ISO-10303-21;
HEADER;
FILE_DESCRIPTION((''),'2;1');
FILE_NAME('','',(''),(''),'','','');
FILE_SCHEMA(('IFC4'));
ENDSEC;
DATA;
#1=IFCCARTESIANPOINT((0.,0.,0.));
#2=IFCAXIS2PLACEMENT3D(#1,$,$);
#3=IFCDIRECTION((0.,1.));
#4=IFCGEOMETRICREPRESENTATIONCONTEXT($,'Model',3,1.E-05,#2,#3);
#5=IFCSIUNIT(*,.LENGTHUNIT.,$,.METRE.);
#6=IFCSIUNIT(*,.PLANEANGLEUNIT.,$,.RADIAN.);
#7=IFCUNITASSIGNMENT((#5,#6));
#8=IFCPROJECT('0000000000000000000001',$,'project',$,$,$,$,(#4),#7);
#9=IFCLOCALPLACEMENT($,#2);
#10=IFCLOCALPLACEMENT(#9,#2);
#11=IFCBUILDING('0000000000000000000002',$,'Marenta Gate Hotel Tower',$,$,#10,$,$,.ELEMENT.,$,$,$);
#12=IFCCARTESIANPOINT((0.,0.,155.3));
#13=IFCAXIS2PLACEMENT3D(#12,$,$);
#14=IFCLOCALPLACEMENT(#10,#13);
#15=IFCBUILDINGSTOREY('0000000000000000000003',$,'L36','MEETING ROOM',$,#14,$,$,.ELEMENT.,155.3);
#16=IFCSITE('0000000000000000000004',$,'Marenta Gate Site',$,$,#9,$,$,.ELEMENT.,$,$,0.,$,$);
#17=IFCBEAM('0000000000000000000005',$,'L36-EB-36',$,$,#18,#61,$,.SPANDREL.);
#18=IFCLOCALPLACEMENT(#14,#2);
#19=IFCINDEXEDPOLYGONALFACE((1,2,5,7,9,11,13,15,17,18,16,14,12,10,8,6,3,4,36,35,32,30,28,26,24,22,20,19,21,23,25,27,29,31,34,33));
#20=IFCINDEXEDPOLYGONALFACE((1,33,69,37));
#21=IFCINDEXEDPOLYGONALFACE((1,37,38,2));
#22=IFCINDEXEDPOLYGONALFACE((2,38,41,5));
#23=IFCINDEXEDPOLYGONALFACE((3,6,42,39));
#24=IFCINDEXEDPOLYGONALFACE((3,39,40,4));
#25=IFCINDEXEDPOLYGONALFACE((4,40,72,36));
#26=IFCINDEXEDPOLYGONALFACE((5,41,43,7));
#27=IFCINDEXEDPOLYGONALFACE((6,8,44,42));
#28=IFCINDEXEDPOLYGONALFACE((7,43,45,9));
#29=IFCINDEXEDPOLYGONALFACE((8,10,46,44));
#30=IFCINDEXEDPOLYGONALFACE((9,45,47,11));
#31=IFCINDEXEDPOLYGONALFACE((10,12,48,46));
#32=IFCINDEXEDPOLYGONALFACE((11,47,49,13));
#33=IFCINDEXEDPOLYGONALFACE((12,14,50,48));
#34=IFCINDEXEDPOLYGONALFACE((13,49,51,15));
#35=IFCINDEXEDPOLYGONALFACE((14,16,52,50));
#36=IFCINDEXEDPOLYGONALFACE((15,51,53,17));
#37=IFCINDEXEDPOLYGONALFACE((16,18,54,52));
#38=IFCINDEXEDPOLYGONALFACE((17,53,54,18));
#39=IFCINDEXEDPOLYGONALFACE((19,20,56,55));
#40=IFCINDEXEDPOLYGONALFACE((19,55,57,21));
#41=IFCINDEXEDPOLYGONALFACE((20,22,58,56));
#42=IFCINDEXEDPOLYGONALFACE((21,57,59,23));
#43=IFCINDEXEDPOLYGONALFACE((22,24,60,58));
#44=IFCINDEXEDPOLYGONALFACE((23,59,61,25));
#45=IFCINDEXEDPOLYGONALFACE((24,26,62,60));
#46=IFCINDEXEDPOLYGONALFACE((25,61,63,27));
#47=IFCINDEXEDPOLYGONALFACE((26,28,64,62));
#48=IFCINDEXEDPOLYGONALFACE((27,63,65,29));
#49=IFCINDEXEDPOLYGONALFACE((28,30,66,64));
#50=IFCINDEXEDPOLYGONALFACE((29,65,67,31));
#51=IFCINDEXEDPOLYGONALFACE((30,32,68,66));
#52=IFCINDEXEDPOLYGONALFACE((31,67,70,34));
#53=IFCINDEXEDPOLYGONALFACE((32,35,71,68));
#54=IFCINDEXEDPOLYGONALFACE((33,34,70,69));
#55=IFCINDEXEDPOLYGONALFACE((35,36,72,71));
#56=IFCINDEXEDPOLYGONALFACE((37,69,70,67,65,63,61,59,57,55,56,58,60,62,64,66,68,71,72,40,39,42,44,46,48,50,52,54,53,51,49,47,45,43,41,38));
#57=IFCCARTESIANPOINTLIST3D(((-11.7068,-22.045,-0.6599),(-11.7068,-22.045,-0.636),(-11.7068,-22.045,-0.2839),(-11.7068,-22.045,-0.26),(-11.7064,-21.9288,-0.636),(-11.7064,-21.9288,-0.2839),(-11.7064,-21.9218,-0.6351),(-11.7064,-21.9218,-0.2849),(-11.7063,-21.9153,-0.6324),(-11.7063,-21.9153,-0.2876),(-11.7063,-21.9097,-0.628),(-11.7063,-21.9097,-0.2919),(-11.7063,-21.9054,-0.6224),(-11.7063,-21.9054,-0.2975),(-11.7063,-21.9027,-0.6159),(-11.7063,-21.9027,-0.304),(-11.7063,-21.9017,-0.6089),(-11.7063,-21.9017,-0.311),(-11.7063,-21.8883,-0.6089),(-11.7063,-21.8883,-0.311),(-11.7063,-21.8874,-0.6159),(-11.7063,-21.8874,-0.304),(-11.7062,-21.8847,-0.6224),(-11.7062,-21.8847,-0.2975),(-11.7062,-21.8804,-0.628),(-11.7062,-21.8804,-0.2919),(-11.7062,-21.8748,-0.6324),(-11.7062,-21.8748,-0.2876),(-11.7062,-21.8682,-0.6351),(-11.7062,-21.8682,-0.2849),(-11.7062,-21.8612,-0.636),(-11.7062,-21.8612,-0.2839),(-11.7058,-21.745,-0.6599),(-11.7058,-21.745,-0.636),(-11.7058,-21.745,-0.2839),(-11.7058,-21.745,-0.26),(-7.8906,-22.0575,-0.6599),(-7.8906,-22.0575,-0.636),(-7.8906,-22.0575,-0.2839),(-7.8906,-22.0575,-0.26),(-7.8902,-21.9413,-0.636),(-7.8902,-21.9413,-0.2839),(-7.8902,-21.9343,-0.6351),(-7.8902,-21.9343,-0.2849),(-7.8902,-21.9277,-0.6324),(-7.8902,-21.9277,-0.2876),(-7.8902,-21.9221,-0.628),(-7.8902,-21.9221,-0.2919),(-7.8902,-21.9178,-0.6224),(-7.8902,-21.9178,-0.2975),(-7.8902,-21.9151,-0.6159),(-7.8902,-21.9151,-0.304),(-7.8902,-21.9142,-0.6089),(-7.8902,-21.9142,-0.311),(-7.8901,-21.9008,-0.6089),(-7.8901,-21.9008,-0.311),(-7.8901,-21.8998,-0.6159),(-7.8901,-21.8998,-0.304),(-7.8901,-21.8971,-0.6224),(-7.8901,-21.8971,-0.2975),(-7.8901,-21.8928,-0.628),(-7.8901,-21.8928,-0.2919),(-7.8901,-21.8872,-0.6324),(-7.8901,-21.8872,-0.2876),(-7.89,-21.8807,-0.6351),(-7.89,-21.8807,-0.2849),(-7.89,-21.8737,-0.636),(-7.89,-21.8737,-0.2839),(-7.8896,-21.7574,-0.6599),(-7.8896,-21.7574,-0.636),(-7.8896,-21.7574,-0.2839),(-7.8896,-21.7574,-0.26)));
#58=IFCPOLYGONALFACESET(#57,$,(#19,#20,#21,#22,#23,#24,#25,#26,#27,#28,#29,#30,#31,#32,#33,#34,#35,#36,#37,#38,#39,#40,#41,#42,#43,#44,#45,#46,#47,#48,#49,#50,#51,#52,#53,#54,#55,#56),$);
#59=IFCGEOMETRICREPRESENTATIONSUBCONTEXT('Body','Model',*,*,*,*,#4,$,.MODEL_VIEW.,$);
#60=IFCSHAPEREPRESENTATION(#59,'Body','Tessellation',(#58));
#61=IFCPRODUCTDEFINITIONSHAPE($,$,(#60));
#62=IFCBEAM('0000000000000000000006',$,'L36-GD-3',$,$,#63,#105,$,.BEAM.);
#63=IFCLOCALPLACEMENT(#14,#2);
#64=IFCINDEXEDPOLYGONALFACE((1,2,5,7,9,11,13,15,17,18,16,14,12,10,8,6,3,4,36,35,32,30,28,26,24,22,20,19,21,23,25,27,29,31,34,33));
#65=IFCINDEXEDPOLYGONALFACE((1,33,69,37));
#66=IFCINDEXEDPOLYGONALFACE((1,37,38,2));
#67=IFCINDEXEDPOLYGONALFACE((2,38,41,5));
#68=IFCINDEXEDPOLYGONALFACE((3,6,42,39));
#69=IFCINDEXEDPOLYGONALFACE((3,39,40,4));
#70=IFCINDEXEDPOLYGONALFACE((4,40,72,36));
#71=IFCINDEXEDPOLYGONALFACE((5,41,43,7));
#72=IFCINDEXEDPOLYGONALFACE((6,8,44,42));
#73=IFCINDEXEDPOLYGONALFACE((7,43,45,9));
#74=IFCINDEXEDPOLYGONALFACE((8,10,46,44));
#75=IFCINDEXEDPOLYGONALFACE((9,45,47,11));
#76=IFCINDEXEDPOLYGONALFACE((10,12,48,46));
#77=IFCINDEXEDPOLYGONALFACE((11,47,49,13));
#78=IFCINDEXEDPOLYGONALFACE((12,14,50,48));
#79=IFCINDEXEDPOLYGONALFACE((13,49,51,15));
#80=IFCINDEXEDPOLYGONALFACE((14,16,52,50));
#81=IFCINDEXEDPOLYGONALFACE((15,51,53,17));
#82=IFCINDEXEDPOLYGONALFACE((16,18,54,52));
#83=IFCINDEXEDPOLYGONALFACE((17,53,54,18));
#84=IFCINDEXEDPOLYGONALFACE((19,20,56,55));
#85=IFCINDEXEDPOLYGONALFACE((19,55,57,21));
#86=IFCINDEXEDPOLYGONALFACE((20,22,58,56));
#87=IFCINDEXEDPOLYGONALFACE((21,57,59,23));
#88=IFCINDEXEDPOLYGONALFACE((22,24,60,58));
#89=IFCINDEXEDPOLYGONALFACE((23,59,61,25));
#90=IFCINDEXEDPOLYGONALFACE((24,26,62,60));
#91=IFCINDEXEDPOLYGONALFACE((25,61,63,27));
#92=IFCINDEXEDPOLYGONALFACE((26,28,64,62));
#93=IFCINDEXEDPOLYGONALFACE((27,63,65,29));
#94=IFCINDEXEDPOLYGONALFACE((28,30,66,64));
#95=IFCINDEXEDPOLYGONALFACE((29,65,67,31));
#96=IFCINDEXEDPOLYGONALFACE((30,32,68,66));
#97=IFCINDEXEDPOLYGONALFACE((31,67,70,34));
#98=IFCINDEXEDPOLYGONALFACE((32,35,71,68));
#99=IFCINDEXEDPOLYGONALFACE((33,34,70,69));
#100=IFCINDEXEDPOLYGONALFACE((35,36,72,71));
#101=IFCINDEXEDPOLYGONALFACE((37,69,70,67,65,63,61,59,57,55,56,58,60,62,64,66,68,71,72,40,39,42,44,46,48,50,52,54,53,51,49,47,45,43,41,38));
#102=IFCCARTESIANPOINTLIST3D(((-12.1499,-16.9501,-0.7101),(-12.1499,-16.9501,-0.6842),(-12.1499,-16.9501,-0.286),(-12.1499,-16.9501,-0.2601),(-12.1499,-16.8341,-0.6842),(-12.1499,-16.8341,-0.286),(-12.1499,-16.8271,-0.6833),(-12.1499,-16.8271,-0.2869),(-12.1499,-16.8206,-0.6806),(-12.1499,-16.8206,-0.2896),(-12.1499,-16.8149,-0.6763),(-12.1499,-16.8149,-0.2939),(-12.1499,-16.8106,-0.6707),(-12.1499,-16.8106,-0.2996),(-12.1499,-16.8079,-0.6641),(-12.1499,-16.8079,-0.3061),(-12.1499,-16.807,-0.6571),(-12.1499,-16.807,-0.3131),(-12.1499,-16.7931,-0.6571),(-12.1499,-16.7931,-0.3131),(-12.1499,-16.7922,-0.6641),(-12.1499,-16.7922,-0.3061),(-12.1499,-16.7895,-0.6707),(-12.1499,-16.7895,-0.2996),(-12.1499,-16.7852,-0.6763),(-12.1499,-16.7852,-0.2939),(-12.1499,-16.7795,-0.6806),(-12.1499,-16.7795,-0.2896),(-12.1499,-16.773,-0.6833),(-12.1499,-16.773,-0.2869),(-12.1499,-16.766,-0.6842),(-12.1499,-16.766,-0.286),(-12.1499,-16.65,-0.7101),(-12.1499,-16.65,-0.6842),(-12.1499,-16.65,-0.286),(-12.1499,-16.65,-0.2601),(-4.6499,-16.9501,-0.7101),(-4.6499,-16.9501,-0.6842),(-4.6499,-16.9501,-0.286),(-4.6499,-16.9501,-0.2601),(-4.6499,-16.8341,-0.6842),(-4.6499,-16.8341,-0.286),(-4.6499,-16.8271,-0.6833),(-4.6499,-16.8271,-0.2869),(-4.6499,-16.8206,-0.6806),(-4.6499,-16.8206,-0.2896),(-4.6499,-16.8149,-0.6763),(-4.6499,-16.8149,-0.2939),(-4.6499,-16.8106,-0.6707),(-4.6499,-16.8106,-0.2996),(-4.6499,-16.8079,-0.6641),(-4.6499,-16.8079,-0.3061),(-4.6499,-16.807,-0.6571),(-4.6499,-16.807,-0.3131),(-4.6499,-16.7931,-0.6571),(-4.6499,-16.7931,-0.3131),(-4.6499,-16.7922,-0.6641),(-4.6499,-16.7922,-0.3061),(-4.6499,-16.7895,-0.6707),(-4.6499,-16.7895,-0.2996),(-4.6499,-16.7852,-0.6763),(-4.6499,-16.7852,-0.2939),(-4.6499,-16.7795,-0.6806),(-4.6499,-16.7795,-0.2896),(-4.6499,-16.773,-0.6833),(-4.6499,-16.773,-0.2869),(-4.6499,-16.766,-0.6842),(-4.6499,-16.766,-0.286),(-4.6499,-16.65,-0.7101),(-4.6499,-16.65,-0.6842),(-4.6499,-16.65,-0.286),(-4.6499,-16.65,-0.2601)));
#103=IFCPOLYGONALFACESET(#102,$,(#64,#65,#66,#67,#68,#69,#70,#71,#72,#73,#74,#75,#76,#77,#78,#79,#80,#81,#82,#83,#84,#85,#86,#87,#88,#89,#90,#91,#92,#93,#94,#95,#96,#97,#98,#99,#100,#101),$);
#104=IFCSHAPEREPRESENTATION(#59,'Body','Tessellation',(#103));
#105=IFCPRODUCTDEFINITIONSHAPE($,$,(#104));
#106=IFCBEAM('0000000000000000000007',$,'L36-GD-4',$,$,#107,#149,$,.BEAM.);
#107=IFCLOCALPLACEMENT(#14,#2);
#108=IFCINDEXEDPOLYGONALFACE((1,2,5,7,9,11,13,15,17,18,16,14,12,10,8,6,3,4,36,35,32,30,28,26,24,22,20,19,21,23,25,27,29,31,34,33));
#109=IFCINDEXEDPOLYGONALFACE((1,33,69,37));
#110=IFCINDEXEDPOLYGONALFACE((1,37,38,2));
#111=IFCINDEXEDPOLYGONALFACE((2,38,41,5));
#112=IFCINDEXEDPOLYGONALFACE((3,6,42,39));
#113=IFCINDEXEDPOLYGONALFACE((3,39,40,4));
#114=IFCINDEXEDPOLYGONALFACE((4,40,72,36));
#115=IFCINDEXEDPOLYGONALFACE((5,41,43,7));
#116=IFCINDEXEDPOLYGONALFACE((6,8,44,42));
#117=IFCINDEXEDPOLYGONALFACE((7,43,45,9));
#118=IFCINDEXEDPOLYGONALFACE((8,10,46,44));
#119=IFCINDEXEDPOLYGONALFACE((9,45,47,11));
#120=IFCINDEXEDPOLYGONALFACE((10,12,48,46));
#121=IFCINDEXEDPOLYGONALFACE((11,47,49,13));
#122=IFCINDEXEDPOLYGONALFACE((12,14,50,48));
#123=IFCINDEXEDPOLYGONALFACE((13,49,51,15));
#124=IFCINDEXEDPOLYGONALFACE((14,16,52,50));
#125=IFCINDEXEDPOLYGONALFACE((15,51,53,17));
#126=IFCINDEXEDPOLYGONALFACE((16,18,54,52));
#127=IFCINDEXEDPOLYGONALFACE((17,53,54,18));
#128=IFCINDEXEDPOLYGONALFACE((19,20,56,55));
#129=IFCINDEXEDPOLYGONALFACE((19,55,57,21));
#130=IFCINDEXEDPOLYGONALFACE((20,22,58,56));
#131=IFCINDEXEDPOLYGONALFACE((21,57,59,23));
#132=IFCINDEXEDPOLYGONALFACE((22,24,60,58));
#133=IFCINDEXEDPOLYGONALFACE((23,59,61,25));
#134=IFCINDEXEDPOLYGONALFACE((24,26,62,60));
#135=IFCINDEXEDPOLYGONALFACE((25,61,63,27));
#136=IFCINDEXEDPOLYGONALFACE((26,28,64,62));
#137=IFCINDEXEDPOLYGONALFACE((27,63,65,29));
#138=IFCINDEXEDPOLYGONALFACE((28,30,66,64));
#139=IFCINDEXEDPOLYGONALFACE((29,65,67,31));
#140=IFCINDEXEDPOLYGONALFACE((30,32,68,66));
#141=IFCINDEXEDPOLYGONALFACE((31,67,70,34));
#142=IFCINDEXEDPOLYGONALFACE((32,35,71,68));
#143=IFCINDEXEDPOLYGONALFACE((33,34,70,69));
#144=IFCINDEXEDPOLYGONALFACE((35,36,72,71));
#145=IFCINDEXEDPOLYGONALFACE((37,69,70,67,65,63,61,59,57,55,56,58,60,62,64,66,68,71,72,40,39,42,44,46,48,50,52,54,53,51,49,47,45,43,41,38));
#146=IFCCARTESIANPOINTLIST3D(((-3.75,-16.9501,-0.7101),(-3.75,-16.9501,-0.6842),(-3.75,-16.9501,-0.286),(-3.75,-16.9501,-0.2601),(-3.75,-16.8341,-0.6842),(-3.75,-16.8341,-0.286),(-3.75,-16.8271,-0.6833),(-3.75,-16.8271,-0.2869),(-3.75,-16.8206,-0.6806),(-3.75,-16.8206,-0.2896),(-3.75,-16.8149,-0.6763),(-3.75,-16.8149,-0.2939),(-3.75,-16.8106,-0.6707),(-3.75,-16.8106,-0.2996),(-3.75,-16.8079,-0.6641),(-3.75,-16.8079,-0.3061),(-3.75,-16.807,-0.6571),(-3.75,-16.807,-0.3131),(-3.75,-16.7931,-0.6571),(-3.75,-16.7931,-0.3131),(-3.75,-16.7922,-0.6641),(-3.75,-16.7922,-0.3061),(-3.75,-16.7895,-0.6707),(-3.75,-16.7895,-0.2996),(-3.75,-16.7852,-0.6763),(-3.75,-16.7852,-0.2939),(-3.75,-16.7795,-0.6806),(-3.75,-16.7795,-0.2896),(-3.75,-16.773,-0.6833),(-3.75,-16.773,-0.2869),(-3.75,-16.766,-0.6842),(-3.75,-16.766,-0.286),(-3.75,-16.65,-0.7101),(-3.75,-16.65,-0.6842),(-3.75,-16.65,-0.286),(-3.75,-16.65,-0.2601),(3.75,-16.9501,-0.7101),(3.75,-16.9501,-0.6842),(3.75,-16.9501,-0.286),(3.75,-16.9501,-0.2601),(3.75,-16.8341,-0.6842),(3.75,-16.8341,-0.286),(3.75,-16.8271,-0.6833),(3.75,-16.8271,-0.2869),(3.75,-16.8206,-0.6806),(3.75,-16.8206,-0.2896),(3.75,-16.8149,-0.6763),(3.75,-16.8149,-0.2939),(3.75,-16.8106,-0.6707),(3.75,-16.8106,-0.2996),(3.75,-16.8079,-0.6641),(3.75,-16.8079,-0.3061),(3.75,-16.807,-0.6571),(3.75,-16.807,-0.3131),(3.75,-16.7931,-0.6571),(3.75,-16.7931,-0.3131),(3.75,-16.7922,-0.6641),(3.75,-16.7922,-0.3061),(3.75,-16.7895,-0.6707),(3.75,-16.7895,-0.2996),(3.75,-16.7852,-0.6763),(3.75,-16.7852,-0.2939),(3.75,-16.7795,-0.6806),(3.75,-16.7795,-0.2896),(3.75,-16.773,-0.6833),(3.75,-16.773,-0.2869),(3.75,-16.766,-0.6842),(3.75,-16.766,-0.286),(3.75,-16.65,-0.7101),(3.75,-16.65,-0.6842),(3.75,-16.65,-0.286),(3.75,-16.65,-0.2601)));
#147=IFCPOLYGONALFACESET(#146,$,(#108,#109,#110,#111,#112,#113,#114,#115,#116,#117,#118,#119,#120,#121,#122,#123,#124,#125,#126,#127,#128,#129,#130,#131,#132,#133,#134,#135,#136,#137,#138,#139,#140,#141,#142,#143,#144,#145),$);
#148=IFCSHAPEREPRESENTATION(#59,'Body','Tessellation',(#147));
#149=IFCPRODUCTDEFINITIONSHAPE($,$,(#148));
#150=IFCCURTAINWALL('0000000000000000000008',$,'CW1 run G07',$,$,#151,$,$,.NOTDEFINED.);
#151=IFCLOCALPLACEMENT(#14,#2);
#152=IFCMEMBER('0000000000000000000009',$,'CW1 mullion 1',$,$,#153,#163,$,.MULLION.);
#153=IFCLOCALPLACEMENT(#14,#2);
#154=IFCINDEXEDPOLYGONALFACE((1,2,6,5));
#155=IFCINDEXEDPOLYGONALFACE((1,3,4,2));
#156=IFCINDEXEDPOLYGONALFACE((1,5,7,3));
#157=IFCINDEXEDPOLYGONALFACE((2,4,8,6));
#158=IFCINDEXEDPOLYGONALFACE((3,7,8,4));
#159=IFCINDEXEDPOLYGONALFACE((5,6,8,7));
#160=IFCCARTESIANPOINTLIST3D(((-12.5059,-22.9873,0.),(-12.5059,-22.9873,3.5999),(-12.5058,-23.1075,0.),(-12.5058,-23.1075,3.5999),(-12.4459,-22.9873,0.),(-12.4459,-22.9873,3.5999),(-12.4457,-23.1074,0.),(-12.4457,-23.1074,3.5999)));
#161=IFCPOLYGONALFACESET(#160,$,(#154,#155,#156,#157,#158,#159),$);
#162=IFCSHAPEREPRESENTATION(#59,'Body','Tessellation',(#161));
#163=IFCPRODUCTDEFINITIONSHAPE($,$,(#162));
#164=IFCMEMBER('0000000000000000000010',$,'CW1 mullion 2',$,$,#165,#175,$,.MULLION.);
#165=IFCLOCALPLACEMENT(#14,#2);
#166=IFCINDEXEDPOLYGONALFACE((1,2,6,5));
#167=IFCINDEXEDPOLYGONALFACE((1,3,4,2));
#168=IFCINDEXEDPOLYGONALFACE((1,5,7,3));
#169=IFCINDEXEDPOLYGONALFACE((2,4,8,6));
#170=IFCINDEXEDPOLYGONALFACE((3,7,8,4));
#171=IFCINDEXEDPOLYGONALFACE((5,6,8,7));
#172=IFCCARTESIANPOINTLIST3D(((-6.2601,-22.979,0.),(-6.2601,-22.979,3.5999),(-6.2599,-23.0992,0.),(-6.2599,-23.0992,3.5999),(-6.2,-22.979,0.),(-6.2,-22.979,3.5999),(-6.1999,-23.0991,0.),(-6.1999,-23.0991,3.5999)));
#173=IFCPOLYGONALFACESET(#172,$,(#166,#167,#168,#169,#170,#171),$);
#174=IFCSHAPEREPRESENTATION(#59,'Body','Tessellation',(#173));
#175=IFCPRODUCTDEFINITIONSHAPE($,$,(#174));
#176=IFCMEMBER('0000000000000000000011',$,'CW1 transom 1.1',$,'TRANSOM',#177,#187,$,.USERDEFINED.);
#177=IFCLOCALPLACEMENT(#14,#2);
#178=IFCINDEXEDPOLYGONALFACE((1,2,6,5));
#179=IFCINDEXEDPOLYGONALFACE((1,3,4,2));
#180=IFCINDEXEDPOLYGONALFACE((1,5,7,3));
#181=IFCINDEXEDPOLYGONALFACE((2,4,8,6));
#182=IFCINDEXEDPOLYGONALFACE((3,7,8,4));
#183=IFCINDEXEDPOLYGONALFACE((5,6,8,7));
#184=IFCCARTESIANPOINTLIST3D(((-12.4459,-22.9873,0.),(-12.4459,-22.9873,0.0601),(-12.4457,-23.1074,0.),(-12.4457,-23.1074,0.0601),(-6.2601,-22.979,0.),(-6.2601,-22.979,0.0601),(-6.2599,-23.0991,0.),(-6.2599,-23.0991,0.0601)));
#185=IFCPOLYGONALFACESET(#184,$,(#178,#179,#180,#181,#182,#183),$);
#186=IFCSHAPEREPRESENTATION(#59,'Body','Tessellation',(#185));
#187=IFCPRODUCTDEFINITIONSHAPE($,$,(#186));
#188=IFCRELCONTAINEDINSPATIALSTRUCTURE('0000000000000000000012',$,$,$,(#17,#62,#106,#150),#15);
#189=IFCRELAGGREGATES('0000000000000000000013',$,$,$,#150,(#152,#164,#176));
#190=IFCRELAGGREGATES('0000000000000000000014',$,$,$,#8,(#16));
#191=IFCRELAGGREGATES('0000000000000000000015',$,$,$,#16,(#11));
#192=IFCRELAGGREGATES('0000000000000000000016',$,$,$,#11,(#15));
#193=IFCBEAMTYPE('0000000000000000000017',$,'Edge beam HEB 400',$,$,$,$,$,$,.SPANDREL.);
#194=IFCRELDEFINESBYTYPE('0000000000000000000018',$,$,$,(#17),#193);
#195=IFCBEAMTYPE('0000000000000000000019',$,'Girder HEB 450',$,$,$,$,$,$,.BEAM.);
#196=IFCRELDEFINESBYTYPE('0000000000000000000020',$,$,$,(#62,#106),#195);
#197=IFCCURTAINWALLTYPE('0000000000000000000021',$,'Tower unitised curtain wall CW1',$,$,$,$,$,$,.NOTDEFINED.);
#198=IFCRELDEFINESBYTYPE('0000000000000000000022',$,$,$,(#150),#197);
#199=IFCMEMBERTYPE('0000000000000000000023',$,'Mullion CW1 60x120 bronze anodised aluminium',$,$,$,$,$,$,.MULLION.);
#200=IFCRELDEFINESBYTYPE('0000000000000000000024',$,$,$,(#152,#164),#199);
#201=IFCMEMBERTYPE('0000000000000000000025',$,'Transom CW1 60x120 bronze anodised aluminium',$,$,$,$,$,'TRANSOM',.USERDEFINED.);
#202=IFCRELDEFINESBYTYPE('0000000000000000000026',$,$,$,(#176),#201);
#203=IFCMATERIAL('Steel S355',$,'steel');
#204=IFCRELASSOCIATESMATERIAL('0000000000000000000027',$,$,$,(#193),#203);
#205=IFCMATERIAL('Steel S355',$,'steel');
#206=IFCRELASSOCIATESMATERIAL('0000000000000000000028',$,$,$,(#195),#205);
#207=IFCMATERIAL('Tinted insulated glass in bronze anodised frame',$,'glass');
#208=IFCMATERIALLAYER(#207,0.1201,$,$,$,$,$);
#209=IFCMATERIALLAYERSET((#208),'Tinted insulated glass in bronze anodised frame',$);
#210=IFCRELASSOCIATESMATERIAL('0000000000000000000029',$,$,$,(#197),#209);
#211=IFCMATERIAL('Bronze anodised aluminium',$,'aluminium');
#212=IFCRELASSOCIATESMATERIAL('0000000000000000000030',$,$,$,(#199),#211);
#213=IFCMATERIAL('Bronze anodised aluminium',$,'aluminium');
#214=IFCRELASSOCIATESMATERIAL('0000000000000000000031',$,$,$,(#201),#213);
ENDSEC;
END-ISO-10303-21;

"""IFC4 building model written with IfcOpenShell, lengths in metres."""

from ifc_helpers import new_model, si_unit, direction, frame, origin, origin_2d, place, context, subcontext, project, spatial, rectangle, i_section, extrude, material, layer, layer_set, material_profile, profile_set, type_object, element, aggregate, save


model = new_model("IFC4")

# Units and contexts
model_context = context("Model", 3, precision=1e-05, world=origin(), true_north=direction((0.0, 1.0)))
body_context = subcontext(model_context, "Body", "Model", "MODEL_VIEW")
ifc_project = project(units=[si_unit("LENGTHUNIT", "METRE"), si_unit("PLANEANGLEUNIT", "RADIAN")], contexts=[model_context])

# Site, building, storey
site_placement = place(None, origin())
site = spatial("IfcSite", under=ifc_project, at=site_placement, Name="Marenta Gate Site", CompositionType="ELEMENT", RefElevation=0.0)
building_placement = place(site_placement, origin())
building = spatial("IfcBuilding", under=site, at=building_placement, Name="Marenta Gate Hotel Tower", CompositionType="ELEMENT")
storey_placement = place(building_placement, frame((0.0, 0.0, 155.3)))
storey = spatial("IfcBuildingStorey", under=building, at=storey_placement, Name="L36", Description="MEETING ROOM", CompositionType="ELEMENT", Elevation=155.3)

# Beams
ifc_material_1 = material(Name="Steel S355", Category="steel")
ifc_material_profile_1 = material_profile(ifc_material_1, i_section(OverallWidth=0.3, OverallDepth=0.3999, WebThickness=0.0134, FlangeThickness=0.0239, FilletRadius=0.0271, at=origin_2d()), Name="HEB 400")
ifc_profile_set_1 = profile_set([ifc_material_profile_1], Name="Steel S355")
beam_type_1 = type_object("IfcBeamType", Name="Edge beam HEB 400", PredefinedType="SPANDREL", material=ifc_profile_set_1)
beam_1_placement = place(storey_placement, frame((-7.8901, -21.9075, -0.46), z_axis=(-0.999995, 0.003263, 0.0), x_axis=(-0.003263, -0.999995, 0.0)))
element("IfcBeam", 1, at=beam_1_placement, inside=storey, type_object=beam_type_1, Name="L36-EB-36", PredefinedType="SPANDREL", context=body_context, shape_type="SweptSolid", body=[
    extrude(i_section(OverallWidth=0.3, OverallDepth=0.3999, WebThickness=0.0134, FlangeThickness=0.0239, FilletRadius=0.0271, at=origin_2d()), origin(), (0.0, 0.0, 1.0), 3.8162),
])
ifc_material_2 = material(Name="Steel S355", Category="steel")
ifc_material_profile_2 = material_profile(ifc_material_2, i_section(OverallWidth=0.3, OverallDepth=0.45, WebThickness=0.0139, FlangeThickness=0.0259, FilletRadius=0.0271, at=origin_2d()), Name="HEB 450")
ifc_profile_set_2 = profile_set([ifc_material_profile_2], Name="Steel S355")
beam_type_2 = type_object("IfcBeamType", Name="Girder HEB 450", PredefinedType="BEAM", material=ifc_profile_set_2)
for number, where, z_axis, x_axis, name in (
    (2, (-12.1499, -16.8, -0.4851), (1.0, 0.0, 0.0), (0.0, 1.0, 0.0), "L36-GD-3"),
    (3, (-3.75, -16.8, -0.4851), (1.0, 0.0, 0.0), (0.0, 1.0, 0.0), "L36-GD-4"),
):
    element("IfcBeam", number, at=place(storey_placement, frame(where, z_axis=z_axis, x_axis=x_axis)), inside=storey, type_object=beam_type_2, Name=name, PredefinedType="BEAM", context=body_context, shape_type="SweptSolid", body=[
        extrude(i_section(OverallWidth=0.3, OverallDepth=0.45, WebThickness=0.0139, FlangeThickness=0.0259, FilletRadius=0.0271, at=origin_2d()), origin(), (0.0, 0.0, 1.0), 7.5),
    ])

# Curtain wall, members
ifc_material_3 = material(Name="Tinted insulated glass in bronze anodised frame", Category="glass")
ifc_layer_1 = layer(ifc_material_3, 0.1201)
ifc_layer_set_1 = layer_set([ifc_layer_1], Name="Tinted insulated glass in bronze anodised frame")
curtain_wall_type = type_object("IfcCurtainWallType", Name="Tower unitised curtain wall CW1", PredefinedType="NOTDEFINED", material=ifc_layer_set_1)
curtain_wall_1_placement = place(storey_placement, origin())
curtain_wall_1 = element("IfcCurtainWall", 4, at=curtain_wall_1_placement, inside=storey, type_object=curtain_wall_type, Name="CW1 run G07", PredefinedType="NOTDEFINED")
ifc_material_4 = material(Name="Bronze anodised aluminium", Category="aluminium")
ifc_material_profile_3 = material_profile(ifc_material_4, rectangle(XDim=0.1201, YDim=0.0601, at=origin_2d()), Name="Mullion CW1 60x120 bronze anodised aluminium")
ifc_profile_set_3 = profile_set([ifc_material_profile_3], Name="Bronze anodised aluminium")
member_type_1 = type_object("IfcMemberType", Name="Mullion CW1 60x120 bronze anodised aluminium", PredefinedType="MULLION", material=ifc_profile_set_3)
member_1_placement = place(storey_placement, frame((-12.4758, -23.0474, 0.0), z_axis=(0.0, 0.0, 1.0), x_axis=(-0.001362, 0.999999, 0.0)))
member_1 = element("IfcMember", 5, at=member_1_placement, type_object=member_type_1, Name="CW1 mullion 1", PredefinedType="MULLION", context=body_context, shape_type="SweptSolid", body=[
    extrude(rectangle(XDim=0.1201, YDim=0.0601, at=origin_2d()), origin(), (0.0, 0.0, 1.0), 3.5999),
])
member_2_placement = place(storey_placement, frame((-6.23, -23.0391, 0.0), z_axis=(0.0, 0.0, 1.0), x_axis=(-0.001362, 0.999999, 0.0)))
member_2 = element("IfcMember", 6, at=member_2_placement, type_object=member_type_1, Name="CW1 mullion 2", PredefinedType="MULLION", context=body_context, shape_type="SweptSolid", body=[
    extrude(rectangle(XDim=0.1201, YDim=0.0601, at=origin_2d()), origin(), (0.0, 0.0, 1.0), 3.5999),
])
ifc_material_5 = material(Name="Bronze anodised aluminium", Category="aluminium")
ifc_material_profile_4 = material_profile(ifc_material_5, rectangle(XDim=0.1201, YDim=0.0601, at=origin_2d()), Name="Transom CW1 60x120 bronze anodised aluminium")
ifc_profile_set_4 = profile_set([ifc_material_profile_4], Name="Bronze anodised aluminium")
member_type_2 = type_object("IfcMemberType", Name="Transom CW1 60x120 bronze anodised aluminium", ElementType="TRANSOM", PredefinedType="USERDEFINED", material=ifc_profile_set_4)
member_3_placement = place(storey_placement, frame((-12.4458, -23.0474, 0.03), z_axis=(0.999999, 0.001342, 0.0), x_axis=(-0.001342, 0.999999, 0.0)))
member_3 = element("IfcMember", 7, at=member_3_placement, type_object=member_type_2, Name="CW1 transom 1.1", ObjectType="TRANSOM", PredefinedType="USERDEFINED", context=body_context, shape_type="SweptSolid", body=[
    extrude(rectangle(XDim=0.1201, YDim=0.0601, at=origin_2d()), origin(), (0.0, 0.0, 1.0), 6.1858),
])

aggregate(curtain_wall_1, [member_1, member_2, member_3])

save(model, "model.ifc")
